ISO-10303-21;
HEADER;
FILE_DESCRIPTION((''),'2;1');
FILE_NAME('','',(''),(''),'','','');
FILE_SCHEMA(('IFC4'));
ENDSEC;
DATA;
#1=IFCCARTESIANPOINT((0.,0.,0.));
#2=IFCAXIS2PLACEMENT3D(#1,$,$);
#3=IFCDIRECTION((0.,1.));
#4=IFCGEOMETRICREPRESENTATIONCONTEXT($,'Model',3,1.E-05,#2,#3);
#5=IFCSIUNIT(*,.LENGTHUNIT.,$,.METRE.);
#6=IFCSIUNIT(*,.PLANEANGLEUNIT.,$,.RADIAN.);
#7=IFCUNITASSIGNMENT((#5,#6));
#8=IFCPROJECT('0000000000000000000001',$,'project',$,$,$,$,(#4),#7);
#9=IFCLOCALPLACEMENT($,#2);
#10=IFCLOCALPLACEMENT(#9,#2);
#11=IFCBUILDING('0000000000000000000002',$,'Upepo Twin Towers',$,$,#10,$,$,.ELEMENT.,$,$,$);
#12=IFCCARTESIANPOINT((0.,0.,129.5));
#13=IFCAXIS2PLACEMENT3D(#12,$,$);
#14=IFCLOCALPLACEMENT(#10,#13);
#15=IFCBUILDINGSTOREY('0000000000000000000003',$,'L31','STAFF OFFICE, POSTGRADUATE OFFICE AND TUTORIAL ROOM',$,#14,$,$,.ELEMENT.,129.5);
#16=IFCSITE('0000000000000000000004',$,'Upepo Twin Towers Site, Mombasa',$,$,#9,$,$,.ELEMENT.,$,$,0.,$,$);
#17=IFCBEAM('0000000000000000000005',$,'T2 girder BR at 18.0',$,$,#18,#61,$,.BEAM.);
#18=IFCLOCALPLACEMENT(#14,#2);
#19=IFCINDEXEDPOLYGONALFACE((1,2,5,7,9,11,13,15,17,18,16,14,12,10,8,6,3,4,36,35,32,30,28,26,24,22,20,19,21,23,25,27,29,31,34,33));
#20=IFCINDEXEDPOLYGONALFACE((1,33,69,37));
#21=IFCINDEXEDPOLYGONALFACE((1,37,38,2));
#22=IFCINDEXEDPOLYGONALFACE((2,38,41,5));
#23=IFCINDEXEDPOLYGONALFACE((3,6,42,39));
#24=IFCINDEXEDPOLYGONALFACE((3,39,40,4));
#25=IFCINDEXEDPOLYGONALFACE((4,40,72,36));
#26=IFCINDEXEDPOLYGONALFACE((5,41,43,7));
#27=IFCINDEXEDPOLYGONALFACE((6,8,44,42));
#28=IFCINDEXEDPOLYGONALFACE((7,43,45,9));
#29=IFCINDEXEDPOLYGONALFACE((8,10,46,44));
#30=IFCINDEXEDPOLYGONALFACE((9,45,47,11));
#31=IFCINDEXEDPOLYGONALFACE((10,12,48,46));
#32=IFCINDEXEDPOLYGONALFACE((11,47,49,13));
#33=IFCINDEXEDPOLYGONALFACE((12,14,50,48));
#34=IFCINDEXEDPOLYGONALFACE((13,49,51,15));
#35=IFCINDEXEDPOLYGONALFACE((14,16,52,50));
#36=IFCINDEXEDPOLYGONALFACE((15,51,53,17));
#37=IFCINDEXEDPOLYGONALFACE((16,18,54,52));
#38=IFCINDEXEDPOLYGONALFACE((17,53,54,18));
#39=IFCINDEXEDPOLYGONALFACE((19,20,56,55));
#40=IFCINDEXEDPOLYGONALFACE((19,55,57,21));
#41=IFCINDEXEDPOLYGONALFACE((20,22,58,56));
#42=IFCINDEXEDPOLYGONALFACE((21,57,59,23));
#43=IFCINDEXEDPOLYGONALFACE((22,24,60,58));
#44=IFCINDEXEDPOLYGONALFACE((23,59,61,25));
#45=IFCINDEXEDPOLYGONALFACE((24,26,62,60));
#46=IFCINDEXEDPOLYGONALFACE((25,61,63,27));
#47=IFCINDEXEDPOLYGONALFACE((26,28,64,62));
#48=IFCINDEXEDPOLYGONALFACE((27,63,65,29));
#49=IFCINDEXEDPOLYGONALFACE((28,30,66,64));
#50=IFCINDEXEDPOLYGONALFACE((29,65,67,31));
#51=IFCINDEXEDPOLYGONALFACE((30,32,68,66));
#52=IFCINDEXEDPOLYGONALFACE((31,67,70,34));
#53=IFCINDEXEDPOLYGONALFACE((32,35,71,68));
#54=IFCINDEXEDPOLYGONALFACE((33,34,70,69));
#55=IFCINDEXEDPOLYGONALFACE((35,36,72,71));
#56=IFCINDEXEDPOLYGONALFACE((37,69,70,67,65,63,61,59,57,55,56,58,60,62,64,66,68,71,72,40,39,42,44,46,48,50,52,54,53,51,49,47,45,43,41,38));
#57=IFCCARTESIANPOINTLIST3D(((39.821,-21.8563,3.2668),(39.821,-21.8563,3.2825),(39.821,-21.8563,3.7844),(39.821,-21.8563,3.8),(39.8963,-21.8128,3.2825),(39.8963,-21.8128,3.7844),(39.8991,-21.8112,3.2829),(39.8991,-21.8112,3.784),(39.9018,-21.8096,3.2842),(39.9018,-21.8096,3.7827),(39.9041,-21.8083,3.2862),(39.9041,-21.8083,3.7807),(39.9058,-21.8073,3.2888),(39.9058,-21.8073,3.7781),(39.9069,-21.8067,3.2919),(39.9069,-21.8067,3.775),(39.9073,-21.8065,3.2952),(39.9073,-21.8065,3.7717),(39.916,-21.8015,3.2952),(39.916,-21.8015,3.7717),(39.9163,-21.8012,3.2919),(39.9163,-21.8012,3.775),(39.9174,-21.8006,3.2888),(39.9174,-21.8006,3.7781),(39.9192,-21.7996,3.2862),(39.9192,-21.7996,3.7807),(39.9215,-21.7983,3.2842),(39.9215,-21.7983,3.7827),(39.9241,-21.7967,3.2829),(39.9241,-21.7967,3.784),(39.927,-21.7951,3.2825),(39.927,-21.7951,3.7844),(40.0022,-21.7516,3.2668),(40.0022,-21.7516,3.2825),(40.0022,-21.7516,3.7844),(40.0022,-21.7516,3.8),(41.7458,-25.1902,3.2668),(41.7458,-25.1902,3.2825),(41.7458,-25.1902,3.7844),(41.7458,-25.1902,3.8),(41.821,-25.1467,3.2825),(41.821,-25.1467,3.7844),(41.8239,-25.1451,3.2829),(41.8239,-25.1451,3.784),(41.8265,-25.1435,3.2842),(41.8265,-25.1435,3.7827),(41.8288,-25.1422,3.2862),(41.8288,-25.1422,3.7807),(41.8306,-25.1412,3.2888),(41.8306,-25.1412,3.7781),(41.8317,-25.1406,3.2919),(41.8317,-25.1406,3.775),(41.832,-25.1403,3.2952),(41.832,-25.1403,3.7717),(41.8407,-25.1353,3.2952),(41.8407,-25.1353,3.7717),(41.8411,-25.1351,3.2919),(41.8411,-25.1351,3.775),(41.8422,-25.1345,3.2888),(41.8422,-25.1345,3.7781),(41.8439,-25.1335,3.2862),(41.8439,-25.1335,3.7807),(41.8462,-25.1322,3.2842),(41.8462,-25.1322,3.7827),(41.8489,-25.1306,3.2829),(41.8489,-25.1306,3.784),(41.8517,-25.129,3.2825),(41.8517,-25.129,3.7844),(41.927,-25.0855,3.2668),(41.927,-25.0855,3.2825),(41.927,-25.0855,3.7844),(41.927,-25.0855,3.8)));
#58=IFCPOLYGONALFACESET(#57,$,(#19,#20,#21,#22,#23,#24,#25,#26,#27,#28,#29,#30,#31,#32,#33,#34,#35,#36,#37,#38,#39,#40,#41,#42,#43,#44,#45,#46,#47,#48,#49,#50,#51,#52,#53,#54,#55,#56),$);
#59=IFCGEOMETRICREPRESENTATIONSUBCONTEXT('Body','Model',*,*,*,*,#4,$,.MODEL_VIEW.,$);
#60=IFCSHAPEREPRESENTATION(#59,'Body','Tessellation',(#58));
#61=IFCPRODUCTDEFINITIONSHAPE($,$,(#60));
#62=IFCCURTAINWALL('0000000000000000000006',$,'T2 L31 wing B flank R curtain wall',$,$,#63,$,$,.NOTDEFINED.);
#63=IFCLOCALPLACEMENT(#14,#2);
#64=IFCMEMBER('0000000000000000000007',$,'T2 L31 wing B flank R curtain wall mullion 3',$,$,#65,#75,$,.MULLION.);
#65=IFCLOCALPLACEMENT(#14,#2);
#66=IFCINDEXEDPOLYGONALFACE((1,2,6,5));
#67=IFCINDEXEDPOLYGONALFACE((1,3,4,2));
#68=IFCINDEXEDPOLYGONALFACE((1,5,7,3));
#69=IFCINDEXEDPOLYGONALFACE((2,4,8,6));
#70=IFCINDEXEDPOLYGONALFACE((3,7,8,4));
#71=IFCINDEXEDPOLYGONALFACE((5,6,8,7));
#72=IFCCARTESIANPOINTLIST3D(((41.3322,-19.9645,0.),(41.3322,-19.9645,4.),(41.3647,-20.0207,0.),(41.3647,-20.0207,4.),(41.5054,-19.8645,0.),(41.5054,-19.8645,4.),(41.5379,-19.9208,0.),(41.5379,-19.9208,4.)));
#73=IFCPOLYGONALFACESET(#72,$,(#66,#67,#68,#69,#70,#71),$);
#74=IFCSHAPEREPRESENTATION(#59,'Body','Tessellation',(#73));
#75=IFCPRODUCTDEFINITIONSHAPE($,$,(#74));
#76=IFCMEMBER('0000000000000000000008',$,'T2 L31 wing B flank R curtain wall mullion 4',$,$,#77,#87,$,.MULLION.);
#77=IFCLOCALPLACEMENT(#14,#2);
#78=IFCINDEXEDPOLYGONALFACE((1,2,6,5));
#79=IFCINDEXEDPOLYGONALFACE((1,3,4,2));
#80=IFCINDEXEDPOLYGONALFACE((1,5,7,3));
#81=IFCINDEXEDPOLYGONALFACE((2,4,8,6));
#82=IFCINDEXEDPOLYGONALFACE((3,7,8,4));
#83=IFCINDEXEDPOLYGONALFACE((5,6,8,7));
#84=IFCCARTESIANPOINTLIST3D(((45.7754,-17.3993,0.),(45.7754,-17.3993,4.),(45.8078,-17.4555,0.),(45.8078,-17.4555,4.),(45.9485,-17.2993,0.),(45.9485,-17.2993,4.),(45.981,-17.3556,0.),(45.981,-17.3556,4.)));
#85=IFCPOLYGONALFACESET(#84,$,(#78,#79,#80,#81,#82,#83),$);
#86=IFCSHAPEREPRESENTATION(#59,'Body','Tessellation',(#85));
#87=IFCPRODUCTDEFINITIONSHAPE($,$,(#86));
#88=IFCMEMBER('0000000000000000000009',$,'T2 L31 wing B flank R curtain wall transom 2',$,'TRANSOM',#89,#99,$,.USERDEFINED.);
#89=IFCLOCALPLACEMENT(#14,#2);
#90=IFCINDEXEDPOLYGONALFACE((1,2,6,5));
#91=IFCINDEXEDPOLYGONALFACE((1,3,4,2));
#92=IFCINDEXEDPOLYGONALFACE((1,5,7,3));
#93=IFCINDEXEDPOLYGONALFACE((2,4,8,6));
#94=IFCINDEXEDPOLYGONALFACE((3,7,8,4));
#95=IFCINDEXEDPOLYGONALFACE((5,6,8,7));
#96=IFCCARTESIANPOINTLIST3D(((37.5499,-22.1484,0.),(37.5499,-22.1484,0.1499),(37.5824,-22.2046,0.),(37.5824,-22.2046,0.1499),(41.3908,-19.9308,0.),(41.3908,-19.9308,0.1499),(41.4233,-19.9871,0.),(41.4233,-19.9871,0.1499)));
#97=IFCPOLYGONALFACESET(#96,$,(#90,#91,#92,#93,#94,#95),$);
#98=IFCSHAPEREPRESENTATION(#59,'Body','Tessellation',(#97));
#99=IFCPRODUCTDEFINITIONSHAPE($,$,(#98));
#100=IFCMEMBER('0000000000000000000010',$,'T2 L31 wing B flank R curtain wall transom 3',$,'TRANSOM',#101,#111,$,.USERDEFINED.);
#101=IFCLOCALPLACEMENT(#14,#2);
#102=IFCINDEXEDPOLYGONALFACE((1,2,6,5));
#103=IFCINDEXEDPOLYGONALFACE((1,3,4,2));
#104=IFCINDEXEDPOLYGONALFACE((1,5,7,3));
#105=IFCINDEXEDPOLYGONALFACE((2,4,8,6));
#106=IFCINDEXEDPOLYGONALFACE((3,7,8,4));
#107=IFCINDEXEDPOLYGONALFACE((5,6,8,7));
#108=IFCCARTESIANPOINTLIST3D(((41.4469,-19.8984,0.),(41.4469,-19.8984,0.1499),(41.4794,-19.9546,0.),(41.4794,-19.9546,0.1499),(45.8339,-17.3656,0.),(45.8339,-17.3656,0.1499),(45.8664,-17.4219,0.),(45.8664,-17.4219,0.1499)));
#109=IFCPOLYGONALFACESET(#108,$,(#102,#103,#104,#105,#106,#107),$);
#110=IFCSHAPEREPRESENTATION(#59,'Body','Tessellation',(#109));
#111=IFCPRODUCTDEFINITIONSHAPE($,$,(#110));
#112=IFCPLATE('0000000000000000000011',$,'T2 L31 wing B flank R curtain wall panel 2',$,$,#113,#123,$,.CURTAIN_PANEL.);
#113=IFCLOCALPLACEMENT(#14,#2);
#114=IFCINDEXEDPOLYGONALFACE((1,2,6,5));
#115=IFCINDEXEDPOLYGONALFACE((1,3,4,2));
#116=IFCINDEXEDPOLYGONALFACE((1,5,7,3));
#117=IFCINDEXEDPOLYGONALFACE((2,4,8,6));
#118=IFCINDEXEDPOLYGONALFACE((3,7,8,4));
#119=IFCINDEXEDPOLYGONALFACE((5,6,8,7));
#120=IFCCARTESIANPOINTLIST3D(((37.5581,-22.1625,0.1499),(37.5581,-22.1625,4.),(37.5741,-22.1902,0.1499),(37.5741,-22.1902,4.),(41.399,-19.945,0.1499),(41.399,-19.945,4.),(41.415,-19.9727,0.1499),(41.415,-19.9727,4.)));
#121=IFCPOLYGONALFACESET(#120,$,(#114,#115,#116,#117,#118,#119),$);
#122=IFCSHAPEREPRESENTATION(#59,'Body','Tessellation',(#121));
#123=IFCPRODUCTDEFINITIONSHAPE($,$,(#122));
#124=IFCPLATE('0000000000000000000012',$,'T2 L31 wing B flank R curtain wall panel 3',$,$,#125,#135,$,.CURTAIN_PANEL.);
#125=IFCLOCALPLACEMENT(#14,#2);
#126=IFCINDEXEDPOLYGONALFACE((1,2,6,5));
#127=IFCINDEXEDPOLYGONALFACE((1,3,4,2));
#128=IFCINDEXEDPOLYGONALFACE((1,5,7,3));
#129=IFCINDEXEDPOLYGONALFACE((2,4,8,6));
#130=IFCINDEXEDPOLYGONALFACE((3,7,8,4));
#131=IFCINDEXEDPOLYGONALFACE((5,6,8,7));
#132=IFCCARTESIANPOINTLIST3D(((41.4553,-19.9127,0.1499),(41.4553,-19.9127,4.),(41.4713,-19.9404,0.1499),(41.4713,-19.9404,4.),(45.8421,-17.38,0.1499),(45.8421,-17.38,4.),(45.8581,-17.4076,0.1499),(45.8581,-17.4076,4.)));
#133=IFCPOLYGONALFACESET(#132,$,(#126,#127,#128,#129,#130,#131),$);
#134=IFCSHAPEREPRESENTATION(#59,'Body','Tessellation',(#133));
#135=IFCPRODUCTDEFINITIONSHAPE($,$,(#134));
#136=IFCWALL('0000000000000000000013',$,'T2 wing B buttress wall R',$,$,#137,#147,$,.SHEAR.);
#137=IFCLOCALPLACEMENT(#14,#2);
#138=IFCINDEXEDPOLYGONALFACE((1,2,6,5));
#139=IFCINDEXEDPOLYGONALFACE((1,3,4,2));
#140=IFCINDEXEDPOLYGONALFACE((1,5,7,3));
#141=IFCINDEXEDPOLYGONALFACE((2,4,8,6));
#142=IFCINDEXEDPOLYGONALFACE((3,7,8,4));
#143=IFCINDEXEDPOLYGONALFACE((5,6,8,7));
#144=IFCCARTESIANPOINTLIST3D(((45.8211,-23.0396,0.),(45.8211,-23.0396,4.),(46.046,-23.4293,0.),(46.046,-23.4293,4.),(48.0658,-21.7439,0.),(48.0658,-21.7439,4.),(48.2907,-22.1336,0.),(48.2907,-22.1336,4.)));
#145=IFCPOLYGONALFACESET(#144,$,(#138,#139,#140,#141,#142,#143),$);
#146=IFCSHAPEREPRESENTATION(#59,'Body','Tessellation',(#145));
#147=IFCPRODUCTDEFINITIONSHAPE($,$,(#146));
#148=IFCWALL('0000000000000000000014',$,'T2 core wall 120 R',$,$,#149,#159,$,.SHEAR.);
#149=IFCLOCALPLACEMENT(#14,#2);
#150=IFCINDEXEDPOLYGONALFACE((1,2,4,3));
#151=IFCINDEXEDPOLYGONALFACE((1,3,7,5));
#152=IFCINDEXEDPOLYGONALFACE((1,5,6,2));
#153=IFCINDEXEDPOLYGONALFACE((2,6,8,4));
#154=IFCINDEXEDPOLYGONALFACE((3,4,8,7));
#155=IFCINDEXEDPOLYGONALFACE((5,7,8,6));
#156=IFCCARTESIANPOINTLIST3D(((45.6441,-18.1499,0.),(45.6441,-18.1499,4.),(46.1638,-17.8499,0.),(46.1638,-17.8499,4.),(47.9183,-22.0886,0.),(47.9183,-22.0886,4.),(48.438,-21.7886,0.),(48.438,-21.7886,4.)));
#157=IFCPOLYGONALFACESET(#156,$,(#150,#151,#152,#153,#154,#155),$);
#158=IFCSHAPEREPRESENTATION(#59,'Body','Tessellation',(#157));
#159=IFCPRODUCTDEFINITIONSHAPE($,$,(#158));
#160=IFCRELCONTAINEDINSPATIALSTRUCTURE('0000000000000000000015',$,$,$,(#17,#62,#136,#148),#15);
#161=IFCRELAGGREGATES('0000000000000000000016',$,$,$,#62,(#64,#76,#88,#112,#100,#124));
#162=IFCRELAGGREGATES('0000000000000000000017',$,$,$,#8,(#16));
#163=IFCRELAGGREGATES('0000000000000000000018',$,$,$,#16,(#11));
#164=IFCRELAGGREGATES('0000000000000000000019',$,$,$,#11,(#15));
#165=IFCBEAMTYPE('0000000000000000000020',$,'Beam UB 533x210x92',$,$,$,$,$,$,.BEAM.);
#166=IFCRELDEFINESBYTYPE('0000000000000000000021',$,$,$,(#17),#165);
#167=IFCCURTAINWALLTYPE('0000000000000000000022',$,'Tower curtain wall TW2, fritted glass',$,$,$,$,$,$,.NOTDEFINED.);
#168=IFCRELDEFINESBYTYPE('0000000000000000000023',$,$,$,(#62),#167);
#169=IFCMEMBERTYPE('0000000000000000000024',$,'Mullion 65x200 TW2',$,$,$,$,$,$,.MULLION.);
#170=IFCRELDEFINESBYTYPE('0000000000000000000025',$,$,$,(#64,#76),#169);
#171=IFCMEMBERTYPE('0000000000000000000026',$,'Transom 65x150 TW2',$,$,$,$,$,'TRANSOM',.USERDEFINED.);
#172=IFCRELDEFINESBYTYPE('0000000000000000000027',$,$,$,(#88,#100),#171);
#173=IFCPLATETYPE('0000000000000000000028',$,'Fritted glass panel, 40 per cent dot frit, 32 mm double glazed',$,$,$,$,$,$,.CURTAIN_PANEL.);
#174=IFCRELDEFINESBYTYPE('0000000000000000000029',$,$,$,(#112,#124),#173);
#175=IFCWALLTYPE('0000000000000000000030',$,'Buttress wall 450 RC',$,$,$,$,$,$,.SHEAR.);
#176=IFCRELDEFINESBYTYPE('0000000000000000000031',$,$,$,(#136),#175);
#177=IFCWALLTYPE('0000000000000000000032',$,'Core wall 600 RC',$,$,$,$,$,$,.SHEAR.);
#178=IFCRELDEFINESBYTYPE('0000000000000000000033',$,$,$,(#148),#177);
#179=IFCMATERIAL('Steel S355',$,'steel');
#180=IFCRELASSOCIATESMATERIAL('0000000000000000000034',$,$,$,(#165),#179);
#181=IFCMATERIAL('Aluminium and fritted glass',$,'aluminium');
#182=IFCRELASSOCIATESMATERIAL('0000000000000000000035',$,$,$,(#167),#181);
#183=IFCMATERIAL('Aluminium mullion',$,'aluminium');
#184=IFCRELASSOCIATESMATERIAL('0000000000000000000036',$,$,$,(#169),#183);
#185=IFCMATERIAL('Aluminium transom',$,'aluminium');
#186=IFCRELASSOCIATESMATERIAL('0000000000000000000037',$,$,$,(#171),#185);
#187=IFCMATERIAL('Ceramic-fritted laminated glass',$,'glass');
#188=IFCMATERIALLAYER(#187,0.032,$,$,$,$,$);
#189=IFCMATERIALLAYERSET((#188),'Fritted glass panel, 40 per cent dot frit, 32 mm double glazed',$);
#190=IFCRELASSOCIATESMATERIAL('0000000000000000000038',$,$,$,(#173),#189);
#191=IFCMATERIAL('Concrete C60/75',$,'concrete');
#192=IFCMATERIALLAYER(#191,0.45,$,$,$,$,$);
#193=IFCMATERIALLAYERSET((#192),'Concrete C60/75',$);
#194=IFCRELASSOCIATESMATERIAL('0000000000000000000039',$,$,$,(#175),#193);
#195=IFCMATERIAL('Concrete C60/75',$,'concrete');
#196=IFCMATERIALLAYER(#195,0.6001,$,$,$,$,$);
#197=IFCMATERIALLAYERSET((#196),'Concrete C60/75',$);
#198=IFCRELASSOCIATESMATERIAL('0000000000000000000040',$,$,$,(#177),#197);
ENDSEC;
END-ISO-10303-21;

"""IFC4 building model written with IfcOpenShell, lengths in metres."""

from ifc_helpers import new_model, si_unit, direction, frame, frame_2d, origin, origin_2d, place, context, subcontext, project, spatial, rectangle, i_section, extrude, material, layer, layer_set, material_profile, profile_set, type_object, element, aggregate, save


model = new_model("IFC4")

# Units and contexts
model_context = context("Model", 3, precision=1e-05, world=origin(), true_north=direction((0.0, 1.0)))
body_context = subcontext(model_context, "Body", "Model", "MODEL_VIEW")
ifc_project = project(units=[si_unit("LENGTHUNIT", "METRE"), si_unit("PLANEANGLEUNIT", "RADIAN")], contexts=[model_context])

# Site, building, storey
site_placement = place(None, origin())
site = spatial("IfcSite", under=ifc_project, at=site_placement, Name="Upepo Twin Towers Site, Mombasa", CompositionType="ELEMENT", RefElevation=0.0)
building_placement = place(site_placement, origin())
building = spatial("IfcBuilding", under=site, at=building_placement, Name="Upepo Twin Towers", CompositionType="ELEMENT")
storey_placement = place(building_placement, frame((0.0, 0.0, 129.5)))
storey = spatial("IfcBuildingStorey", under=building, at=storey_placement, Name="L31", Description="STAFF OFFICE, POSTGRADUATE OFFICE AND TUTORIAL ROOM", CompositionType="ELEMENT", Elevation=129.5)

# Beam
ifc_material_1 = material(Name="Steel S355", Category="steel")
ifc_material_profile_1 = material_profile(ifc_material_1, i_section(OverallWidth=0.2092, OverallDepth=0.5332, WebThickness=0.01, FlangeThickness=0.0156, FilletRadius=0.0127, at=origin_2d()), Name="UB 533x210x92")
ifc_profile_set_1 = profile_set([ifc_material_profile_1], Name="Steel S355")
beam_type_1 = type_object("IfcBeamType", Name="Beam UB 533x210x92", PredefinedType="BEAM", material=ifc_profile_set_1)
beam_1_placement = place(storey_placement, frame((39.9116, -21.804, 3.5334), z_axis=(0.499986, -0.866034, 0.0), x_axis=(0.866034, 0.499986, 0.0)))
element("IfcBeam", 1, at=beam_1_placement, inside=storey, type_object=beam_type_1, Name="T2 girder BR at 18.0", PredefinedType="BEAM", context=body_context, shape_type="SweptSolid", body=[
    extrude(i_section(OverallWidth=0.2092, OverallDepth=0.5332, WebThickness=0.01, FlangeThickness=0.0156, FilletRadius=0.0127, at=origin_2d()), origin(), (0.0, 0.0, 1.0), 3.8496),
])

# Curtain wall, members, plates
ifc_material_2 = material(Name="Aluminium and fritted glass", Category="aluminium")
curtain_wall_type = type_object("IfcCurtainWallType", Name="Tower curtain wall TW2, fritted glass", PredefinedType="NOTDEFINED", material=ifc_material_2)
curtain_wall_placement = place(storey_placement, origin())
curtain_wall = element("IfcCurtainWall", 2, at=curtain_wall_placement, inside=storey, type_object=curtain_wall_type, Name="T2 L31 wing B flank R curtain wall", PredefinedType="NOTDEFINED")
ifc_material_3 = material(Name="Aluminium mullion", Category="aluminium")
ifc_material_profile_2 = material_profile(ifc_material_3, rectangle(XDim=0.0649, YDim=0.2, at=origin_2d()), Name="MULLION 65x200")
ifc_profile_set_2 = profile_set([ifc_material_profile_2], Name="Aluminium mullion")
member_type_1 = type_object("IfcMemberType", Name="Mullion 65x200 TW2", PredefinedType="MULLION", material=ifc_profile_set_2)
member_1_placement = place(storey_placement, frame((41.4351, -19.9426, 0.0), z_axis=(0.0, 0.0, 1.0), x_axis=(-0.5, 0.866025, 0.0)))
member_1 = element("IfcMember", 3, at=member_1_placement, type_object=member_type_1, Name="T2 L31 wing B flank R curtain wall mullion 3", PredefinedType="MULLION", context=body_context, shape_type="SweptSolid", body=[
    extrude(rectangle(XDim=0.0649, YDim=0.2, at=origin_2d()), origin(), (0.0, 0.0, 1.0), 4.0),
])
member_2_placement = place(storey_placement, frame((45.8782, -17.3774, 0.0), z_axis=(0.0, 0.0, 1.0), x_axis=(-0.5, 0.866025, 0.0)))
member_2 = element("IfcMember", 4, at=member_2_placement, type_object=member_type_1, Name="T2 L31 wing B flank R curtain wall mullion 4", PredefinedType="MULLION", context=body_context, shape_type="SweptSolid", body=[
    extrude(rectangle(XDim=0.0649, YDim=0.2, at=origin_2d()), origin(), (0.0, 0.0, 1.0), 4.0),
])
ifc_material_4 = material(Name="Aluminium transom", Category="aluminium")
ifc_material_profile_3 = material_profile(ifc_material_4, rectangle(XDim=0.0649, YDim=0.1499, at=origin_2d()), Name="TRANSOM 65x150")
ifc_profile_set_3 = profile_set([ifc_material_profile_3], Name="Aluminium transom")
member_type_2 = type_object("IfcMemberType", Name="Transom 65x150 TW2", ElementType="TRANSOM", PredefinedType="USERDEFINED", material=ifc_profile_set_3)
member_3_placement = place(storey_placement, frame((37.5662, -22.1765, 0.075), z_axis=(0.866022, 0.500005, 0.0), x_axis=(-0.500005, 0.866022, 0.0)))
member_3 = element("IfcMember", 5, at=member_3_placement, type_object=member_type_2, Name="T2 L31 wing B flank R curtain wall transom 2", ObjectType="TRANSOM", PredefinedType="USERDEFINED", context=body_context, shape_type="SweptSolid", body=[
    extrude(rectangle(XDim=0.0649, YDim=0.1499, at=origin_2d()), origin(), (0.0, 0.0, 1.0), 4.4351),
])
member_4_placement = place(storey_placement, frame((41.4631, -19.9265, 0.075), z_axis=(0.866034, 0.499985, 0.0), x_axis=(-0.499985, 0.866034, 0.0)))
member_4 = element("IfcMember", 6, at=member_4_placement, type_object=member_type_2, Name="T2 L31 wing B flank R curtain wall transom 3", ObjectType="TRANSOM", PredefinedType="USERDEFINED", context=body_context, shape_type="SweptSolid", body=[
    extrude(rectangle(XDim=0.0649, YDim=0.1499, at=origin_2d()), origin(), (0.0, 0.0, 1.0), 5.0657),
])
ifc_material_5 = material(Name="Ceramic-fritted laminated glass", Category="glass")
ifc_layer_1 = layer(ifc_material_5, 0.032)
ifc_layer_set_1 = layer_set([ifc_layer_1], Name="Fritted glass panel, 40 per cent dot frit, 32 mm double glazed")
plate_type = type_object("IfcPlateType", Name="Fritted glass panel, 40 per cent dot frit, 32 mm double glazed", PredefinedType="CURTAIN_PANEL", material=ifc_layer_set_1)
plate_1_placement = place(storey_placement, frame((39.4866, -21.0676, 0.1499), z_axis=(0.0, 0.0, 1.0), x_axis=(0.866025, 0.5, 0.0)))
plate_1 = element("IfcPlate", 7, at=plate_1_placement, type_object=plate_type, Name="T2 L31 wing B flank R curtain wall panel 2", PredefinedType="CURTAIN_PANEL", context=body_context, shape_type="SweptSolid", body=[
    extrude(rectangle(XDim=4.4351, YDim=0.032, at=origin_2d()), origin(), (0.0, 0.0, 1.0), 3.8501),
])
plate_2_placement = place(storey_placement, frame((43.6567, -18.6602, 0.1499), z_axis=(0.0, 0.0, 1.0), x_axis=(0.866025, 0.5, 0.0)))
plate_2 = element("IfcPlate", 8, at=plate_2_placement, type_object=plate_type, Name="T2 L31 wing B flank R curtain wall panel 3", PredefinedType="CURTAIN_PANEL", context=body_context, shape_type="SweptSolid", body=[
    extrude(rectangle(XDim=5.0654, YDim=0.032, at=origin_2d()), origin(), (0.0, 0.0, 1.0), 3.8501),
])
aggregate(curtain_wall, [member_1, member_2, member_3, plate_1, member_4, plate_2])

# Walls
ifc_material_6 = material(Name="Concrete C60/75", Category="concrete")
ifc_layer_2 = layer(ifc_material_6, 0.45)
ifc_layer_set_2 = layer_set([ifc_layer_2], Name="Concrete C60/75")
wall_type_1 = type_object("IfcWallType", Name="Buttress wall 450 RC", PredefinedType="SHEAR", material=ifc_layer_set_2)
wall_1_placement = place(storey_placement, frame((48.1782, -21.9387, 0.0), z_axis=(0.0, 0.0, 1.0), x_axis=(-0.866073, -0.499918, 0.0)))
element("IfcWall", 9, at=wall_1_placement, inside=storey, type_object=wall_type_1, Name="T2 wing B buttress wall R", PredefinedType="SHEAR", context=body_context, shape_type="SweptSolid", body=[
    extrude(rectangle(XDim=2.5918, YDim=0.45, at=frame_2d((1.2959, 0.0))), origin(), (0.0, 0.0, 1.0), 4.0),
])
ifc_material_7 = material(Name="Concrete C60/75", Category="concrete")
ifc_layer_3 = layer(ifc_material_7, 0.6001)
ifc_layer_set_3 = layer_set([ifc_layer_3], Name="Concrete C60/75")
wall_type_2 = type_object("IfcWallType", Name="Core wall 600 RC", PredefinedType="SHEAR", material=ifc_layer_set_3)
wall_2_placement = place(storey_placement, frame((45.9041, -18.0, 0.0), z_axis=(0.0, 0.0, 1.0), x_axis=(0.500024, -0.866011, 0.0)))
element("IfcWall", 10, at=wall_2_placement, inside=storey, type_object=wall_type_2, Name="T2 core wall 120 R", PredefinedType="SHEAR", context=body_context, shape_type="SweptSolid", body=[
    extrude(rectangle(XDim=4.5481, YDim=0.6001, at=frame_2d((2.2739, 0.0))), origin(), (0.0, 0.0, 1.0), 4.0),
])

save(model, "model.ifc")
